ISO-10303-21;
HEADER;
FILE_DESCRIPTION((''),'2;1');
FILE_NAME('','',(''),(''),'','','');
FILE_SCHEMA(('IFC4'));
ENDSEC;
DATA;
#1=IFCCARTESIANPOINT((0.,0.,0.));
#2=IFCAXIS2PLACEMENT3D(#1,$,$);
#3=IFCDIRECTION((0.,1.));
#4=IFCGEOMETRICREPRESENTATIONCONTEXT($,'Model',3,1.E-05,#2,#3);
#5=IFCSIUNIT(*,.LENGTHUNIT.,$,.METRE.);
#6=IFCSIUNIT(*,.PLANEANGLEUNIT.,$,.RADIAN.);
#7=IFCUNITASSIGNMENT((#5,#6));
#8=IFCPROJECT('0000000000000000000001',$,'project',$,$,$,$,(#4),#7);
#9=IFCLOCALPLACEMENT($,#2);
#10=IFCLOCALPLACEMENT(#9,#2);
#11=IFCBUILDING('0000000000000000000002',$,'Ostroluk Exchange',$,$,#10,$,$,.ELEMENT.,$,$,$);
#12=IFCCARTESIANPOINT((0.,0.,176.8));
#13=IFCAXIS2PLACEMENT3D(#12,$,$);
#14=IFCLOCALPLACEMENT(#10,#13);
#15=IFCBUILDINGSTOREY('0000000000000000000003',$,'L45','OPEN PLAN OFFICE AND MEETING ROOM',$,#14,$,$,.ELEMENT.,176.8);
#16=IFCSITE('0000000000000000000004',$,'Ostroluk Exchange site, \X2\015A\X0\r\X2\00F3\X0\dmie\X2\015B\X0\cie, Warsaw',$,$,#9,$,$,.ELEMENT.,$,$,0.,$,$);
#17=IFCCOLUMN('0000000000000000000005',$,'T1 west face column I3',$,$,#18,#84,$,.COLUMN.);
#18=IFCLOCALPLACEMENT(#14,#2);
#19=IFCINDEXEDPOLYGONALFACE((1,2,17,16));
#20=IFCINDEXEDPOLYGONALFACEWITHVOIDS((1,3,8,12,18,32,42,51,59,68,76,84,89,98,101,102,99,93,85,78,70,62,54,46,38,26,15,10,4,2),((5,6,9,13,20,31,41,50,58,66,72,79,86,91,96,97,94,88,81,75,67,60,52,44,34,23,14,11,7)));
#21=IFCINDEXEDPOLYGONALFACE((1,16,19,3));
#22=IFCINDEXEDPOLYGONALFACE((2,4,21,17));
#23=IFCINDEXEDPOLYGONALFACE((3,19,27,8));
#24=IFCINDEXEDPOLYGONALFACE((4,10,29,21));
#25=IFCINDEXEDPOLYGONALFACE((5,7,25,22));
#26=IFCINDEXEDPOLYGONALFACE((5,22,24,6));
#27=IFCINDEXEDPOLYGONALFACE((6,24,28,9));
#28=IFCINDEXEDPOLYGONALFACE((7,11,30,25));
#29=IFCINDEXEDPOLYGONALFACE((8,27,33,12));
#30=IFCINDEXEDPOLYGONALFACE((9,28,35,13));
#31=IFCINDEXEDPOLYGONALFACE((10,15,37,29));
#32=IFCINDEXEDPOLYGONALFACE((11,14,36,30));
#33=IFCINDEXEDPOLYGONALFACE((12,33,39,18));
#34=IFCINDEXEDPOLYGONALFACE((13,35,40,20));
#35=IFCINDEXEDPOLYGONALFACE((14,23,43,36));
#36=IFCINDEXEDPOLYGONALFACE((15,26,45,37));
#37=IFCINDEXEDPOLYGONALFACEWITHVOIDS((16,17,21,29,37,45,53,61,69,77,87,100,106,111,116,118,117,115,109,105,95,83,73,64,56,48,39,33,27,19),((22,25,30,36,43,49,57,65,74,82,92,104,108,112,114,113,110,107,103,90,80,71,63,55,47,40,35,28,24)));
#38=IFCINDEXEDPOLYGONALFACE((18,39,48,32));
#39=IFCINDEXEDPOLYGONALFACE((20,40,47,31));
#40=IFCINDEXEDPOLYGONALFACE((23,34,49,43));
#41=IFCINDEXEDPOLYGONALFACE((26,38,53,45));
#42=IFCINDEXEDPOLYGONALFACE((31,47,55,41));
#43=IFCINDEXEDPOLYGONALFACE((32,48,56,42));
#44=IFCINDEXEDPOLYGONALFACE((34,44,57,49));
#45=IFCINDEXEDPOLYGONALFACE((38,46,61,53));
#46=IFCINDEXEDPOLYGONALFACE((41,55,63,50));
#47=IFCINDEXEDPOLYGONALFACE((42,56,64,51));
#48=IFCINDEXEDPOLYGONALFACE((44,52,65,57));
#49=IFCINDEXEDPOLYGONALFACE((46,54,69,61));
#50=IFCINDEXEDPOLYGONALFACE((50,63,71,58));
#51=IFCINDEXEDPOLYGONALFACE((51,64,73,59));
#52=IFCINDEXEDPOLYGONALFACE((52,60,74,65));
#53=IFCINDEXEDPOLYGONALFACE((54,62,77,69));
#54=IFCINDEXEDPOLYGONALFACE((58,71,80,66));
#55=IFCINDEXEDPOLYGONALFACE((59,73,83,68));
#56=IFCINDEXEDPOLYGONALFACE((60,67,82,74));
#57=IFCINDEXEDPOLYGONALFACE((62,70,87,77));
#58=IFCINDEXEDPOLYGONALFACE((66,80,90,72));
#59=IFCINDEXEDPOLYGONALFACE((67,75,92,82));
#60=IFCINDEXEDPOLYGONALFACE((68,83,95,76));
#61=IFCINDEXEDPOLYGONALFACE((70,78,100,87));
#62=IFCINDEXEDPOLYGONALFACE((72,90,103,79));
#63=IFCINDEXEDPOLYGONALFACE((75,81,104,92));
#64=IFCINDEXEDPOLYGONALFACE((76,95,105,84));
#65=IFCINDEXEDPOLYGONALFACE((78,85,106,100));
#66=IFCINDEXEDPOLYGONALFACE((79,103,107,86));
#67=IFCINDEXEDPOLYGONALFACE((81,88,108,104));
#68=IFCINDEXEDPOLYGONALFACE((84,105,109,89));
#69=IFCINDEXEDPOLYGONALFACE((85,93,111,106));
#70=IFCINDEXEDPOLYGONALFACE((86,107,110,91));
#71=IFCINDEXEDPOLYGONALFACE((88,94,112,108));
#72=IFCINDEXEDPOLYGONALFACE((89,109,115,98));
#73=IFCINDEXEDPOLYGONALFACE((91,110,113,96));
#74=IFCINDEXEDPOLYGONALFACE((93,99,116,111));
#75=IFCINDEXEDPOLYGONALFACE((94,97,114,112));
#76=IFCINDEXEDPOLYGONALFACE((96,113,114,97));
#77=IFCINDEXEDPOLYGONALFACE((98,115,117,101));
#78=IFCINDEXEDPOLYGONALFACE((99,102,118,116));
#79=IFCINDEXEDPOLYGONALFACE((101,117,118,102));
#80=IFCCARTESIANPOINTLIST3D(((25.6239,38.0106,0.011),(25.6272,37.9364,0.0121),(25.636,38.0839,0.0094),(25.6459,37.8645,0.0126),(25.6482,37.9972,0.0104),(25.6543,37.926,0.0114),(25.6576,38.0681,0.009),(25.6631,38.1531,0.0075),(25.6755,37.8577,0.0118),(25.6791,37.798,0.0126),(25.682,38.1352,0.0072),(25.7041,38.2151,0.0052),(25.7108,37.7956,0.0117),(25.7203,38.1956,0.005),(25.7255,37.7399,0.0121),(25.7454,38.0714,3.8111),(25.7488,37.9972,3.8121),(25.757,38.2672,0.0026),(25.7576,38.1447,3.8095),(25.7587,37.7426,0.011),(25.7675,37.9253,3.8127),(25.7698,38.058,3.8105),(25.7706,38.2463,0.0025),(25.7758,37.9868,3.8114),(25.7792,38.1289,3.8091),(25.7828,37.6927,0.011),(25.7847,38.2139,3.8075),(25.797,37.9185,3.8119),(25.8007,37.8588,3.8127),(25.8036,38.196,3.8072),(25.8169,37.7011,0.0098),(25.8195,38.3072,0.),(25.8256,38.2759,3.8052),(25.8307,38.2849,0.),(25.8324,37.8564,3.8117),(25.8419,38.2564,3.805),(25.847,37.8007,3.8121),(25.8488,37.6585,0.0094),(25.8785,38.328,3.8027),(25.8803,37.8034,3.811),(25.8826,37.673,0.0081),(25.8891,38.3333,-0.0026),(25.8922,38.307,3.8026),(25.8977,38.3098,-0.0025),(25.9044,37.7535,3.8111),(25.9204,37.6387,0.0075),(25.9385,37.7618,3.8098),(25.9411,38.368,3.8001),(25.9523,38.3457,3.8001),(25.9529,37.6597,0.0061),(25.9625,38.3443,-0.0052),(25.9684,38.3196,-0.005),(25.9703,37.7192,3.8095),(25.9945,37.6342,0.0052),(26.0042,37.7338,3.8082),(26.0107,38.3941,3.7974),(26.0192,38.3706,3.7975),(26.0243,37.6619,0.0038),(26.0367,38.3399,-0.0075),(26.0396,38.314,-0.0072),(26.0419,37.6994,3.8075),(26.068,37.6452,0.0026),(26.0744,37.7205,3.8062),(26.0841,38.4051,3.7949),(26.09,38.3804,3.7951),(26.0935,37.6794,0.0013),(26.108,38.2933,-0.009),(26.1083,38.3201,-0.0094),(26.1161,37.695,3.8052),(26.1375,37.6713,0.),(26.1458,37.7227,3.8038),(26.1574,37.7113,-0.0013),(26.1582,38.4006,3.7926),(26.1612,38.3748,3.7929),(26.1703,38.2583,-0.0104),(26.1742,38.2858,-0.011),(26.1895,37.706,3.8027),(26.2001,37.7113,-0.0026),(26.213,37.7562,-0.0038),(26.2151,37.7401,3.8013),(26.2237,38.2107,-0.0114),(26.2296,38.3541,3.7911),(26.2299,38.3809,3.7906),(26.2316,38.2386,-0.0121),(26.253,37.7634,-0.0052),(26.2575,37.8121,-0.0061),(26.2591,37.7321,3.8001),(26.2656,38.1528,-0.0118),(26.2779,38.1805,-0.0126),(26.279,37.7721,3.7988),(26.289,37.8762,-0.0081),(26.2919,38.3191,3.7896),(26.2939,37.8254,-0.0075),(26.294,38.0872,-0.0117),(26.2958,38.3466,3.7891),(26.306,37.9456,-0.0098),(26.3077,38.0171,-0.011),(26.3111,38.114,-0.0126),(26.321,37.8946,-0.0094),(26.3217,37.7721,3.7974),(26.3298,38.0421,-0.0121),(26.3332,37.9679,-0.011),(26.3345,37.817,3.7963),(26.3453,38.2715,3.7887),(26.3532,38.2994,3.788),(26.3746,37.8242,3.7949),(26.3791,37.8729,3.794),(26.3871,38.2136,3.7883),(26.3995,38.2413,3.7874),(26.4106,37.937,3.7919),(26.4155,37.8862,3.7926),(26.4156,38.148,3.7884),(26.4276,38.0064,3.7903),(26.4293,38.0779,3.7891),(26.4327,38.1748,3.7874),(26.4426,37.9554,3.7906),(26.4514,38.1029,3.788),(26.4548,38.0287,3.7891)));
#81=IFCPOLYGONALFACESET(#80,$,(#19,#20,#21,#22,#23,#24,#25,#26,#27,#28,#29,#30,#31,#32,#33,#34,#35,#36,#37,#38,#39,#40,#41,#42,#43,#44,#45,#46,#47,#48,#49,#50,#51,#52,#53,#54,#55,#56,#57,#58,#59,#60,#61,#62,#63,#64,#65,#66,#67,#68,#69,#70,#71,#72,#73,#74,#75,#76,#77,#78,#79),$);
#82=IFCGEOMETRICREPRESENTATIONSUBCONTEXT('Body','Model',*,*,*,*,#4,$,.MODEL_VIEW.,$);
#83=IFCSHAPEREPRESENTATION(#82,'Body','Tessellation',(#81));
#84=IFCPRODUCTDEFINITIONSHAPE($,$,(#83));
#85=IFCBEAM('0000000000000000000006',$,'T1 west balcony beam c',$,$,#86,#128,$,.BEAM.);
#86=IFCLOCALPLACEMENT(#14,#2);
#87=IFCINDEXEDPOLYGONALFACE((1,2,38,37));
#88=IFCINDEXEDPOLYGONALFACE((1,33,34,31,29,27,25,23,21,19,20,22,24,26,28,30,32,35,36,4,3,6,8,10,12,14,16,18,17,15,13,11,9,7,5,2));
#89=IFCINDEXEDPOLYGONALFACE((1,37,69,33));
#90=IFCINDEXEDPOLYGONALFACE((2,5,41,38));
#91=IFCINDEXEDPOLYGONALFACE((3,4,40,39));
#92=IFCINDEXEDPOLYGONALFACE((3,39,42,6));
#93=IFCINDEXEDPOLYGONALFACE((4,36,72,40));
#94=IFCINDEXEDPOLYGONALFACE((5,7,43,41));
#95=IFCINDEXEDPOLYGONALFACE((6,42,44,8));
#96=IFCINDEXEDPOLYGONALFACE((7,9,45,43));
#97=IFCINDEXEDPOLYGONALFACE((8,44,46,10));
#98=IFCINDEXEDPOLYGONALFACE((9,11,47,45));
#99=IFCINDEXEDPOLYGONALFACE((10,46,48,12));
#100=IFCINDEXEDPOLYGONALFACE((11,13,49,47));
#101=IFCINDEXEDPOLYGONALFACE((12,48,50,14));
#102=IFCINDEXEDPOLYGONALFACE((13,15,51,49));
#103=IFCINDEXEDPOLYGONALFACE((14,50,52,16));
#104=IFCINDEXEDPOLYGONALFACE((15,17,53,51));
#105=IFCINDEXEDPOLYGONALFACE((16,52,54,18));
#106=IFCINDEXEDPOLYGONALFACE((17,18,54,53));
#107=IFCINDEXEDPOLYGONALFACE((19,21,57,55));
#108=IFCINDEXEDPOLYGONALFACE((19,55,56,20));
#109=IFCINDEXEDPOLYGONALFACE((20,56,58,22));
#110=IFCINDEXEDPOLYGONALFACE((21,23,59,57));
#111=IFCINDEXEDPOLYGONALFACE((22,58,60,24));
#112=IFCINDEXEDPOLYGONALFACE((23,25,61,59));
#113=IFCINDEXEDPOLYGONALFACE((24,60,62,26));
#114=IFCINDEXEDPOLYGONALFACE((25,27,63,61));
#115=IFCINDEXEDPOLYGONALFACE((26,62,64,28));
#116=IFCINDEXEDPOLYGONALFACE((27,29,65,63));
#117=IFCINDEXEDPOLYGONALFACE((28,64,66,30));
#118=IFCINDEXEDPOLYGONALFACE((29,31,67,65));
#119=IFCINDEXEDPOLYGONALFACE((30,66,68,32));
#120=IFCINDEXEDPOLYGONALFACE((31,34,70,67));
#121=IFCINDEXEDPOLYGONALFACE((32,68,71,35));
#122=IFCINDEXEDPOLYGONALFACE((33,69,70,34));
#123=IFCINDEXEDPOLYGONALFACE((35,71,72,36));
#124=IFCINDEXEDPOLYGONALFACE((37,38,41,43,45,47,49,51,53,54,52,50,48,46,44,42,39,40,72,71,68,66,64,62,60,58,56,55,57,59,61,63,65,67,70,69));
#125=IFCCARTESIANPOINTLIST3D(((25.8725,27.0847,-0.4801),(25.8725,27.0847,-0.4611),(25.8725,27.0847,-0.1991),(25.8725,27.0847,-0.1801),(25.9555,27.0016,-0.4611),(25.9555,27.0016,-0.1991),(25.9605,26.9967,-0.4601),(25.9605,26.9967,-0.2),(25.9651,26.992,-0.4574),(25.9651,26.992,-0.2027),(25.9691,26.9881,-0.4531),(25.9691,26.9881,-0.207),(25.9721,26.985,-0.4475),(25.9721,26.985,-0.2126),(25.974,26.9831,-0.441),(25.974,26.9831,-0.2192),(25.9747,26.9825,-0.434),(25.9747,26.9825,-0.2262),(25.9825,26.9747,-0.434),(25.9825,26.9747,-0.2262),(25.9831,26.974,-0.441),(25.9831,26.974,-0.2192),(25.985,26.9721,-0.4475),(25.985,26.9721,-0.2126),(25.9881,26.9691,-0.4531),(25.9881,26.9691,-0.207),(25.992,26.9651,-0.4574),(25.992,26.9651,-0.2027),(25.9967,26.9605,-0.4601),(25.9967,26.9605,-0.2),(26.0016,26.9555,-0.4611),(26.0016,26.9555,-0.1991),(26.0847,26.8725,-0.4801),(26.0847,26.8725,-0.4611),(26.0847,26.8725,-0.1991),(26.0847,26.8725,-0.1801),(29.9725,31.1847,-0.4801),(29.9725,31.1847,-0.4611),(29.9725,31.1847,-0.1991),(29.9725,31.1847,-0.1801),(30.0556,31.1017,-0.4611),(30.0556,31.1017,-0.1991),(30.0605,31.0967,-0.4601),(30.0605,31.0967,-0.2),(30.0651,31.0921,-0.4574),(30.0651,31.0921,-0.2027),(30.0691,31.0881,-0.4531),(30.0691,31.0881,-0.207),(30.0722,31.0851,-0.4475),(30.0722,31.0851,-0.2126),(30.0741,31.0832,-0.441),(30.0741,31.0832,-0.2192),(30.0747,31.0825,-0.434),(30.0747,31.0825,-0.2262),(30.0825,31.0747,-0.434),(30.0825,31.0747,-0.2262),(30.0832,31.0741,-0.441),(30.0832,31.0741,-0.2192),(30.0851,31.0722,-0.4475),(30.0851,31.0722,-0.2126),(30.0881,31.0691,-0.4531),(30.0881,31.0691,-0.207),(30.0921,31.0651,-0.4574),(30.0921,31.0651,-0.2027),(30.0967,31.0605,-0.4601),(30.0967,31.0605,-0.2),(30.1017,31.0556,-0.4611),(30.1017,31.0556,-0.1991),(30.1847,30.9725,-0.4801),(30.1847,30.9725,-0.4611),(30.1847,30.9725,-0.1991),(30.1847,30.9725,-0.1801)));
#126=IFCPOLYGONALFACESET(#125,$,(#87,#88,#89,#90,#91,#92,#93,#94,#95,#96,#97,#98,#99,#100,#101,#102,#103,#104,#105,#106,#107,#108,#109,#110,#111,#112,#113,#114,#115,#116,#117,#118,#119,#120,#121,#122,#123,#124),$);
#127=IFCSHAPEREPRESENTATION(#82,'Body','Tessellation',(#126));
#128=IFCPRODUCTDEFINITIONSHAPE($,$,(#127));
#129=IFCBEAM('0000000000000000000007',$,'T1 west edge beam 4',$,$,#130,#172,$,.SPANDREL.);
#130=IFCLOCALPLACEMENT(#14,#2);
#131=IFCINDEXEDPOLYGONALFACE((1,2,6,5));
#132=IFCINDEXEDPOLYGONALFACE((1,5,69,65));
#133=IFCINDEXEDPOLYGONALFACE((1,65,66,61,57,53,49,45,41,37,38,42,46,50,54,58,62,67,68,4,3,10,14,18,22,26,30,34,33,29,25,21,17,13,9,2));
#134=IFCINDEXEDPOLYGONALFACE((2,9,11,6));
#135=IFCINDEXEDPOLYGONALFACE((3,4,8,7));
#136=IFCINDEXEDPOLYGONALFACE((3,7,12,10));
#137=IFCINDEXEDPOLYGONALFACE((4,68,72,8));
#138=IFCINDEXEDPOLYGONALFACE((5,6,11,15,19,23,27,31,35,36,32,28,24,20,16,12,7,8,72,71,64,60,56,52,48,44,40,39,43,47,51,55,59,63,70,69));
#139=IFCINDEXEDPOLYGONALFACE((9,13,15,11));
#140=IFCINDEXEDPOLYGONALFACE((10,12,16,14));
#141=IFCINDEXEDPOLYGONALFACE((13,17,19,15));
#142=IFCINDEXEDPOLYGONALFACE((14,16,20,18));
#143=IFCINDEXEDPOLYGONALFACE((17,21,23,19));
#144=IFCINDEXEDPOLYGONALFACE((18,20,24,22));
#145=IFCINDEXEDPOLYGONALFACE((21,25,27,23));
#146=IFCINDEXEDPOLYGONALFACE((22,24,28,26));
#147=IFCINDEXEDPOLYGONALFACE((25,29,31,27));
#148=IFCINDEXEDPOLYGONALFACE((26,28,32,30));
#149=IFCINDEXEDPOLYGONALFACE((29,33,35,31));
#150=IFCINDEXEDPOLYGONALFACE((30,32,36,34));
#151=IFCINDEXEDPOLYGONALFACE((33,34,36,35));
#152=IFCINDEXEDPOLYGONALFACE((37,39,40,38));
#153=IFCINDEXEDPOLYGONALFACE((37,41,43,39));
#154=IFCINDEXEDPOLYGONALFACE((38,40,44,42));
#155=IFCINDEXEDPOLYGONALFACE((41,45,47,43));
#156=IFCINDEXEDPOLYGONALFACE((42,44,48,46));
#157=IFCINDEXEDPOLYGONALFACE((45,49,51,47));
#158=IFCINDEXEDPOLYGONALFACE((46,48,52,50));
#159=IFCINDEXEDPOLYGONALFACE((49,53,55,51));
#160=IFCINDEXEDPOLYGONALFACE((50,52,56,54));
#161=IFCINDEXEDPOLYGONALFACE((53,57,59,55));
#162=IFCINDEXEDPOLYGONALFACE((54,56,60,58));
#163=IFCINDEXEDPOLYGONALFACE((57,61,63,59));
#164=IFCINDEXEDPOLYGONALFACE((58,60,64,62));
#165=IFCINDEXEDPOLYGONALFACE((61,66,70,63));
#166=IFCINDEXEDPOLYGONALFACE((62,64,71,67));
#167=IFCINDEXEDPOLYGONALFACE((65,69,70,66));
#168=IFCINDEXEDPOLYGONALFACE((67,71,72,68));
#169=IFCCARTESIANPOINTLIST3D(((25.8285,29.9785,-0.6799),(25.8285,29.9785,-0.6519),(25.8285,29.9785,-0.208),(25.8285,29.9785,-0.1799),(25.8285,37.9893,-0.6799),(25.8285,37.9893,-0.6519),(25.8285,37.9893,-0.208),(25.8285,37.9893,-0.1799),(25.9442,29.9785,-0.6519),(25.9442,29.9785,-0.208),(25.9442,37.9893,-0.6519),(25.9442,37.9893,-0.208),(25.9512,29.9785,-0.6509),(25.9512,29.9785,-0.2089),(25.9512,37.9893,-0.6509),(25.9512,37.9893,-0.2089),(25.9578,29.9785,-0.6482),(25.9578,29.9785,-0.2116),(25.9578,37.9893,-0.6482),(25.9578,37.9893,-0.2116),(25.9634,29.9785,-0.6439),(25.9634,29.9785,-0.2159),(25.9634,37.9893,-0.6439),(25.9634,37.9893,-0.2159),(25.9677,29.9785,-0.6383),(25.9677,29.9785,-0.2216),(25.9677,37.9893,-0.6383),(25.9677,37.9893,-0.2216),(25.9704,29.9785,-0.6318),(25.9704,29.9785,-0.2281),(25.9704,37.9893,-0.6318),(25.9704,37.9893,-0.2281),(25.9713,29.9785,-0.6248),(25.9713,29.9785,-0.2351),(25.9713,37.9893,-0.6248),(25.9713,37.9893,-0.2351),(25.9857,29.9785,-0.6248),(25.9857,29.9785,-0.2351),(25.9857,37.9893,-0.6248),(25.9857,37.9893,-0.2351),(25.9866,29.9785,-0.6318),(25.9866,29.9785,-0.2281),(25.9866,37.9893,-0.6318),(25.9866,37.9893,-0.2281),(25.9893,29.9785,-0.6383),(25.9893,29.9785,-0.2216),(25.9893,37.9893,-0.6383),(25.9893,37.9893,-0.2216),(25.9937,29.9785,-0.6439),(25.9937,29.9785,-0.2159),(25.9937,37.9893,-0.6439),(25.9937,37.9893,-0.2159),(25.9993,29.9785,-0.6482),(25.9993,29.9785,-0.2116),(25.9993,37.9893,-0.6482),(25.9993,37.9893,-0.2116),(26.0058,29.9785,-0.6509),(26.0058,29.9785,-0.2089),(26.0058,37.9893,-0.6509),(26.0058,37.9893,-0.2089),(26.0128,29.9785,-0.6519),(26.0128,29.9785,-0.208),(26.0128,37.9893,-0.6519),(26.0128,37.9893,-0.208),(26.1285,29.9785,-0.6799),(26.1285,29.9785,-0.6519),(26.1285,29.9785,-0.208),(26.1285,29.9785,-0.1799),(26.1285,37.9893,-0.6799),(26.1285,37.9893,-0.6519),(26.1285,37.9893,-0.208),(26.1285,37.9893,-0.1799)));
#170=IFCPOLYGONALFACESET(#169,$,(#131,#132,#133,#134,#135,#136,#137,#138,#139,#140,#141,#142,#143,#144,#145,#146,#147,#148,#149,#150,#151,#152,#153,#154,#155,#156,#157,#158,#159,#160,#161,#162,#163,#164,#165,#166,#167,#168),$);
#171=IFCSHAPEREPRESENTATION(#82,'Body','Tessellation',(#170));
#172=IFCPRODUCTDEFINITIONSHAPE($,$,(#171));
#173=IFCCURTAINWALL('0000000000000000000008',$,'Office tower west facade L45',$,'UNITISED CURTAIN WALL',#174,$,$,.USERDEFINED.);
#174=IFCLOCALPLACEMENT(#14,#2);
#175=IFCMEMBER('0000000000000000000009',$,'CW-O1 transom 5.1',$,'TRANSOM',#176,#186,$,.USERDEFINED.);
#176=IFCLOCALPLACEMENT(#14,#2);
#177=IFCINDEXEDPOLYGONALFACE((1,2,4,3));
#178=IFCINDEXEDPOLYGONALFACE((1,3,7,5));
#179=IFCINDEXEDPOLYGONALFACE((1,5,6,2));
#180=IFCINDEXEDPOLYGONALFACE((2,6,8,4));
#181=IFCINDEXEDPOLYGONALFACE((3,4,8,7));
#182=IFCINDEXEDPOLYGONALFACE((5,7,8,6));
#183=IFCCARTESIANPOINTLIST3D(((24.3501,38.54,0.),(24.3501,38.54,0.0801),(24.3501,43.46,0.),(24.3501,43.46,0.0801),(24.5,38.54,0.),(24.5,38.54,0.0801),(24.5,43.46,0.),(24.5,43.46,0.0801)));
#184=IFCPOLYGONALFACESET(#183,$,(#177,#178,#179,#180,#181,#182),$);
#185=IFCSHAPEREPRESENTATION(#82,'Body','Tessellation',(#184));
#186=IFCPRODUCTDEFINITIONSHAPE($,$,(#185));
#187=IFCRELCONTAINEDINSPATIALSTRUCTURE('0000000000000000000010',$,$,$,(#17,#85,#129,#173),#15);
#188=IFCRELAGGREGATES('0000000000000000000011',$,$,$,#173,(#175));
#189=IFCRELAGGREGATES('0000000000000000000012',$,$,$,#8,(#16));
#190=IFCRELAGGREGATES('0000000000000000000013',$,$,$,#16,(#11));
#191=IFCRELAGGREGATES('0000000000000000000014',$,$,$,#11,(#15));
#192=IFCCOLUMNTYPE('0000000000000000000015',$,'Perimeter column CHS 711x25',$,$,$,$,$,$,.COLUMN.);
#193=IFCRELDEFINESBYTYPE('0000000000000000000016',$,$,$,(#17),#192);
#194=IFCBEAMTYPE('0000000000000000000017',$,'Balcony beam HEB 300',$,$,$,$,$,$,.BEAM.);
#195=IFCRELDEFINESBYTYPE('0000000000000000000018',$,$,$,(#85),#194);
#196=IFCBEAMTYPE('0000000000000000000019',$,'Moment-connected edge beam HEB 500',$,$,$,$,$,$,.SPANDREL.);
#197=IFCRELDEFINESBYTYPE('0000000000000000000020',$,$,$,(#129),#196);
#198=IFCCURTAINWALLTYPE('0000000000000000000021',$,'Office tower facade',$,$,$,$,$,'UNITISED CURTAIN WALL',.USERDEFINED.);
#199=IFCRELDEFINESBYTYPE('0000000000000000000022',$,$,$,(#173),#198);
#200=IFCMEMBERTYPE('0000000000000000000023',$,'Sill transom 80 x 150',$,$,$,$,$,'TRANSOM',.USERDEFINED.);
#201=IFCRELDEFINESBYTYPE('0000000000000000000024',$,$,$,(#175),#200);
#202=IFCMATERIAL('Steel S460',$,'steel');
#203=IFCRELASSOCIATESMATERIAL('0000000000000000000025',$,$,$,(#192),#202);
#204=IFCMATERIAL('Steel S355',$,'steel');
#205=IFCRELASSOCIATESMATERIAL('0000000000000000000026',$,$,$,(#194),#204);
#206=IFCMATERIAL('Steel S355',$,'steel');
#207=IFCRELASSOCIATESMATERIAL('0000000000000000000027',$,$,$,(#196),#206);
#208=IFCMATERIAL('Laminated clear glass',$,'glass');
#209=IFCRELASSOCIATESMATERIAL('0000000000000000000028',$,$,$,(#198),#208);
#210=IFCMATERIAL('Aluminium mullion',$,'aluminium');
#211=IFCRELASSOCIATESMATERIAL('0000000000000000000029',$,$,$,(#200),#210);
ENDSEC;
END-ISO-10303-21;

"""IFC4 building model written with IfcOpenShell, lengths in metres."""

from ifc_helpers import new_model, si_unit, direction, frame, origin, origin_2d, place, context, subcontext, project, spatial, rectangle, hollow_circle, i_section, extrude, material, material_profile, profile_set, type_object, element, aggregate, save


model = new_model("IFC4")

# Units and contexts
model_context = context("Model", 3, precision=1e-05, world=origin(), true_north=direction((0.0, 1.0)))
body_context = subcontext(model_context, "Body", "Model", "MODEL_VIEW")
ifc_project = project(units=[si_unit("LENGTHUNIT", "METRE"), si_unit("PLANEANGLEUNIT", "RADIAN")], contexts=[model_context])

# Site, building, storey
site_placement = place(None, origin())
site = spatial("IfcSite", under=ifc_project, at=site_placement, Name="Ostroluk Exchange site, Śródmieście, Warsaw", CompositionType="ELEMENT", RefElevation=0.0)
building_placement = place(site_placement, origin())
building = spatial("IfcBuilding", under=site, at=building_placement, Name="Ostroluk Exchange", CompositionType="ELEMENT")
storey_placement = place(building_placement, frame((0.0, 0.0, 176.8)))
storey = spatial("IfcBuildingStorey", under=building, at=storey_placement, Name="L45", Description="OPEN PLAN OFFICE AND MEETING ROOM", CompositionType="ELEMENT", Elevation=176.8)

# Column
ifc_material_1 = material(Name="Steel S460", Category="steel")
ifc_material_profile_1 = material_profile(ifc_material_1, hollow_circle(Radius=0.3555, WallThickness=0.0249, at=origin_2d()), Name="CHS 711x25")
ifc_profile_set_1 = profile_set([ifc_material_profile_1], Name="Steel S460")
column_type = type_object("IfcColumnType", Name="Perimeter column CHS 711x25", PredefinedType="COLUMN", material=ifc_profile_set_1)
column_placement = place(storey_placement, frame((25.9785, 37.9893, 0.0), z_axis=(0.031974, 0.015987, 0.999361), x_axis=(-0.447214, 0.894427, 0.0)))
element("IfcColumn", 1, at=column_placement, inside=storey, type_object=column_type, Name="T1 west face column I3", PredefinedType="COLUMN", context=body_context, shape_type="SweptSolid", body=[
    extrude(hollow_circle(Radius=0.3555, WallThickness=0.0249, at=origin_2d()), origin(), (0.0, 0.0, 1.0), 3.8025),
])

# Beams
ifc_material_2 = material(Name="Steel S355", Category="steel")
ifc_material_profile_2 = material_profile(ifc_material_2, i_section(OverallWidth=0.3, OverallDepth=0.3, WebThickness=0.011, FlangeThickness=0.019, FilletRadius=0.0271, at=origin_2d()), Name="HEB 300")
ifc_profile_set_2 = profile_set([ifc_material_profile_2], Name="Steel S355")
beam_type_1 = type_object("IfcBeamType", Name="Balcony beam HEB 300", PredefinedType="BEAM", material=ifc_profile_set_2)
beam_1_placement = place(storey_placement, frame((30.0786, 31.0786, -0.3301), z_axis=(-0.707107, -0.707107, 0.0), x_axis=(0.707107, -0.707107, 0.0)))
element("IfcBeam", 2, at=beam_1_placement, inside=storey, type_object=beam_type_1, Name="T1 west balcony beam c", PredefinedType="BEAM", context=body_context, shape_type="SweptSolid", body=[
    extrude(i_section(OverallWidth=0.3, OverallDepth=0.3, WebThickness=0.011, FlangeThickness=0.019, FilletRadius=0.0271, at=origin_2d()), origin(), (0.0, 0.0, 1.0), 5.7983),
])
ifc_material_3 = material(Name="Steel S355", Category="steel")
ifc_material_profile_3 = material_profile(ifc_material_3, i_section(OverallWidth=0.3, OverallDepth=0.5, WebThickness=0.0144, FlangeThickness=0.0281, FilletRadius=0.0271, at=origin_2d()), Name="HEB 500")
ifc_profile_set_3 = profile_set([ifc_material_profile_3], Name="Steel S355")
beam_type_2 = type_object("IfcBeamType", Name="Moment-connected edge beam HEB 500", PredefinedType="SPANDREL", material=ifc_profile_set_3)
beam_2_placement = place(storey_placement, frame((25.9785, 37.9893, -0.4299), z_axis=(0.0, -1.0, 0.0), x_axis=(1.0, 0.0, 0.0)))
element("IfcBeam", 3, at=beam_2_placement, inside=storey, type_object=beam_type_2, Name="T1 west edge beam 4", PredefinedType="SPANDREL", context=body_context, shape_type="SweptSolid", body=[
    extrude(i_section(OverallWidth=0.3, OverallDepth=0.5, WebThickness=0.0144, FlangeThickness=0.0281, FilletRadius=0.0271, at=origin_2d()), origin(), (0.0, 0.0, 1.0), 8.0107),
])

# Curtain wall, member
ifc_material_4 = material(Name="Laminated clear glass", Category="glass")
curtain_wall_type = type_object("IfcCurtainWallType", Name="Office tower facade", ElementType="UNITISED CURTAIN WALL", PredefinedType="USERDEFINED", material=ifc_material_4)
curtain_wall_placement = place(storey_placement, origin())
curtain_wall = element("IfcCurtainWall", 4, at=curtain_wall_placement, inside=storey, type_object=curtain_wall_type, Name="Office tower west facade L45", ObjectType="UNITISED CURTAIN WALL", PredefinedType="USERDEFINED")
ifc_material_5 = material(Name="Aluminium mullion", Category="aluminium")
ifc_material_profile_4 = material_profile(ifc_material_5, rectangle(XDim=0.1499, YDim=0.0801, at=origin_2d()), Name="Sill transom 80 x 150")
ifc_profile_set_4 = profile_set([ifc_material_profile_4], Name="Aluminium mullion")
member_type_1 = type_object("IfcMemberType", Name="Sill transom 80 x 150", ElementType="TRANSOM", PredefinedType="USERDEFINED", material=ifc_profile_set_4)
member_1_placement = place(storey_placement, frame((24.425, 43.46, 0.04), z_axis=(0.0, -1.0, 0.0), x_axis=(1.0, 0.0, 0.0)))
member_1 = element("IfcMember", 5, at=member_1_placement, type_object=member_type_1, Name="CW-O1 transom 5.1", ObjectType="TRANSOM", PredefinedType="USERDEFINED", context=body_context, shape_type="SweptSolid", body=[
    extrude(rectangle(XDim=0.1499, YDim=0.0801, at=origin_2d()), origin(), (0.0, 0.0, 1.0), 4.9199),
])
aggregate(curtain_wall, [member_1])

save(model, "model.ifc")
